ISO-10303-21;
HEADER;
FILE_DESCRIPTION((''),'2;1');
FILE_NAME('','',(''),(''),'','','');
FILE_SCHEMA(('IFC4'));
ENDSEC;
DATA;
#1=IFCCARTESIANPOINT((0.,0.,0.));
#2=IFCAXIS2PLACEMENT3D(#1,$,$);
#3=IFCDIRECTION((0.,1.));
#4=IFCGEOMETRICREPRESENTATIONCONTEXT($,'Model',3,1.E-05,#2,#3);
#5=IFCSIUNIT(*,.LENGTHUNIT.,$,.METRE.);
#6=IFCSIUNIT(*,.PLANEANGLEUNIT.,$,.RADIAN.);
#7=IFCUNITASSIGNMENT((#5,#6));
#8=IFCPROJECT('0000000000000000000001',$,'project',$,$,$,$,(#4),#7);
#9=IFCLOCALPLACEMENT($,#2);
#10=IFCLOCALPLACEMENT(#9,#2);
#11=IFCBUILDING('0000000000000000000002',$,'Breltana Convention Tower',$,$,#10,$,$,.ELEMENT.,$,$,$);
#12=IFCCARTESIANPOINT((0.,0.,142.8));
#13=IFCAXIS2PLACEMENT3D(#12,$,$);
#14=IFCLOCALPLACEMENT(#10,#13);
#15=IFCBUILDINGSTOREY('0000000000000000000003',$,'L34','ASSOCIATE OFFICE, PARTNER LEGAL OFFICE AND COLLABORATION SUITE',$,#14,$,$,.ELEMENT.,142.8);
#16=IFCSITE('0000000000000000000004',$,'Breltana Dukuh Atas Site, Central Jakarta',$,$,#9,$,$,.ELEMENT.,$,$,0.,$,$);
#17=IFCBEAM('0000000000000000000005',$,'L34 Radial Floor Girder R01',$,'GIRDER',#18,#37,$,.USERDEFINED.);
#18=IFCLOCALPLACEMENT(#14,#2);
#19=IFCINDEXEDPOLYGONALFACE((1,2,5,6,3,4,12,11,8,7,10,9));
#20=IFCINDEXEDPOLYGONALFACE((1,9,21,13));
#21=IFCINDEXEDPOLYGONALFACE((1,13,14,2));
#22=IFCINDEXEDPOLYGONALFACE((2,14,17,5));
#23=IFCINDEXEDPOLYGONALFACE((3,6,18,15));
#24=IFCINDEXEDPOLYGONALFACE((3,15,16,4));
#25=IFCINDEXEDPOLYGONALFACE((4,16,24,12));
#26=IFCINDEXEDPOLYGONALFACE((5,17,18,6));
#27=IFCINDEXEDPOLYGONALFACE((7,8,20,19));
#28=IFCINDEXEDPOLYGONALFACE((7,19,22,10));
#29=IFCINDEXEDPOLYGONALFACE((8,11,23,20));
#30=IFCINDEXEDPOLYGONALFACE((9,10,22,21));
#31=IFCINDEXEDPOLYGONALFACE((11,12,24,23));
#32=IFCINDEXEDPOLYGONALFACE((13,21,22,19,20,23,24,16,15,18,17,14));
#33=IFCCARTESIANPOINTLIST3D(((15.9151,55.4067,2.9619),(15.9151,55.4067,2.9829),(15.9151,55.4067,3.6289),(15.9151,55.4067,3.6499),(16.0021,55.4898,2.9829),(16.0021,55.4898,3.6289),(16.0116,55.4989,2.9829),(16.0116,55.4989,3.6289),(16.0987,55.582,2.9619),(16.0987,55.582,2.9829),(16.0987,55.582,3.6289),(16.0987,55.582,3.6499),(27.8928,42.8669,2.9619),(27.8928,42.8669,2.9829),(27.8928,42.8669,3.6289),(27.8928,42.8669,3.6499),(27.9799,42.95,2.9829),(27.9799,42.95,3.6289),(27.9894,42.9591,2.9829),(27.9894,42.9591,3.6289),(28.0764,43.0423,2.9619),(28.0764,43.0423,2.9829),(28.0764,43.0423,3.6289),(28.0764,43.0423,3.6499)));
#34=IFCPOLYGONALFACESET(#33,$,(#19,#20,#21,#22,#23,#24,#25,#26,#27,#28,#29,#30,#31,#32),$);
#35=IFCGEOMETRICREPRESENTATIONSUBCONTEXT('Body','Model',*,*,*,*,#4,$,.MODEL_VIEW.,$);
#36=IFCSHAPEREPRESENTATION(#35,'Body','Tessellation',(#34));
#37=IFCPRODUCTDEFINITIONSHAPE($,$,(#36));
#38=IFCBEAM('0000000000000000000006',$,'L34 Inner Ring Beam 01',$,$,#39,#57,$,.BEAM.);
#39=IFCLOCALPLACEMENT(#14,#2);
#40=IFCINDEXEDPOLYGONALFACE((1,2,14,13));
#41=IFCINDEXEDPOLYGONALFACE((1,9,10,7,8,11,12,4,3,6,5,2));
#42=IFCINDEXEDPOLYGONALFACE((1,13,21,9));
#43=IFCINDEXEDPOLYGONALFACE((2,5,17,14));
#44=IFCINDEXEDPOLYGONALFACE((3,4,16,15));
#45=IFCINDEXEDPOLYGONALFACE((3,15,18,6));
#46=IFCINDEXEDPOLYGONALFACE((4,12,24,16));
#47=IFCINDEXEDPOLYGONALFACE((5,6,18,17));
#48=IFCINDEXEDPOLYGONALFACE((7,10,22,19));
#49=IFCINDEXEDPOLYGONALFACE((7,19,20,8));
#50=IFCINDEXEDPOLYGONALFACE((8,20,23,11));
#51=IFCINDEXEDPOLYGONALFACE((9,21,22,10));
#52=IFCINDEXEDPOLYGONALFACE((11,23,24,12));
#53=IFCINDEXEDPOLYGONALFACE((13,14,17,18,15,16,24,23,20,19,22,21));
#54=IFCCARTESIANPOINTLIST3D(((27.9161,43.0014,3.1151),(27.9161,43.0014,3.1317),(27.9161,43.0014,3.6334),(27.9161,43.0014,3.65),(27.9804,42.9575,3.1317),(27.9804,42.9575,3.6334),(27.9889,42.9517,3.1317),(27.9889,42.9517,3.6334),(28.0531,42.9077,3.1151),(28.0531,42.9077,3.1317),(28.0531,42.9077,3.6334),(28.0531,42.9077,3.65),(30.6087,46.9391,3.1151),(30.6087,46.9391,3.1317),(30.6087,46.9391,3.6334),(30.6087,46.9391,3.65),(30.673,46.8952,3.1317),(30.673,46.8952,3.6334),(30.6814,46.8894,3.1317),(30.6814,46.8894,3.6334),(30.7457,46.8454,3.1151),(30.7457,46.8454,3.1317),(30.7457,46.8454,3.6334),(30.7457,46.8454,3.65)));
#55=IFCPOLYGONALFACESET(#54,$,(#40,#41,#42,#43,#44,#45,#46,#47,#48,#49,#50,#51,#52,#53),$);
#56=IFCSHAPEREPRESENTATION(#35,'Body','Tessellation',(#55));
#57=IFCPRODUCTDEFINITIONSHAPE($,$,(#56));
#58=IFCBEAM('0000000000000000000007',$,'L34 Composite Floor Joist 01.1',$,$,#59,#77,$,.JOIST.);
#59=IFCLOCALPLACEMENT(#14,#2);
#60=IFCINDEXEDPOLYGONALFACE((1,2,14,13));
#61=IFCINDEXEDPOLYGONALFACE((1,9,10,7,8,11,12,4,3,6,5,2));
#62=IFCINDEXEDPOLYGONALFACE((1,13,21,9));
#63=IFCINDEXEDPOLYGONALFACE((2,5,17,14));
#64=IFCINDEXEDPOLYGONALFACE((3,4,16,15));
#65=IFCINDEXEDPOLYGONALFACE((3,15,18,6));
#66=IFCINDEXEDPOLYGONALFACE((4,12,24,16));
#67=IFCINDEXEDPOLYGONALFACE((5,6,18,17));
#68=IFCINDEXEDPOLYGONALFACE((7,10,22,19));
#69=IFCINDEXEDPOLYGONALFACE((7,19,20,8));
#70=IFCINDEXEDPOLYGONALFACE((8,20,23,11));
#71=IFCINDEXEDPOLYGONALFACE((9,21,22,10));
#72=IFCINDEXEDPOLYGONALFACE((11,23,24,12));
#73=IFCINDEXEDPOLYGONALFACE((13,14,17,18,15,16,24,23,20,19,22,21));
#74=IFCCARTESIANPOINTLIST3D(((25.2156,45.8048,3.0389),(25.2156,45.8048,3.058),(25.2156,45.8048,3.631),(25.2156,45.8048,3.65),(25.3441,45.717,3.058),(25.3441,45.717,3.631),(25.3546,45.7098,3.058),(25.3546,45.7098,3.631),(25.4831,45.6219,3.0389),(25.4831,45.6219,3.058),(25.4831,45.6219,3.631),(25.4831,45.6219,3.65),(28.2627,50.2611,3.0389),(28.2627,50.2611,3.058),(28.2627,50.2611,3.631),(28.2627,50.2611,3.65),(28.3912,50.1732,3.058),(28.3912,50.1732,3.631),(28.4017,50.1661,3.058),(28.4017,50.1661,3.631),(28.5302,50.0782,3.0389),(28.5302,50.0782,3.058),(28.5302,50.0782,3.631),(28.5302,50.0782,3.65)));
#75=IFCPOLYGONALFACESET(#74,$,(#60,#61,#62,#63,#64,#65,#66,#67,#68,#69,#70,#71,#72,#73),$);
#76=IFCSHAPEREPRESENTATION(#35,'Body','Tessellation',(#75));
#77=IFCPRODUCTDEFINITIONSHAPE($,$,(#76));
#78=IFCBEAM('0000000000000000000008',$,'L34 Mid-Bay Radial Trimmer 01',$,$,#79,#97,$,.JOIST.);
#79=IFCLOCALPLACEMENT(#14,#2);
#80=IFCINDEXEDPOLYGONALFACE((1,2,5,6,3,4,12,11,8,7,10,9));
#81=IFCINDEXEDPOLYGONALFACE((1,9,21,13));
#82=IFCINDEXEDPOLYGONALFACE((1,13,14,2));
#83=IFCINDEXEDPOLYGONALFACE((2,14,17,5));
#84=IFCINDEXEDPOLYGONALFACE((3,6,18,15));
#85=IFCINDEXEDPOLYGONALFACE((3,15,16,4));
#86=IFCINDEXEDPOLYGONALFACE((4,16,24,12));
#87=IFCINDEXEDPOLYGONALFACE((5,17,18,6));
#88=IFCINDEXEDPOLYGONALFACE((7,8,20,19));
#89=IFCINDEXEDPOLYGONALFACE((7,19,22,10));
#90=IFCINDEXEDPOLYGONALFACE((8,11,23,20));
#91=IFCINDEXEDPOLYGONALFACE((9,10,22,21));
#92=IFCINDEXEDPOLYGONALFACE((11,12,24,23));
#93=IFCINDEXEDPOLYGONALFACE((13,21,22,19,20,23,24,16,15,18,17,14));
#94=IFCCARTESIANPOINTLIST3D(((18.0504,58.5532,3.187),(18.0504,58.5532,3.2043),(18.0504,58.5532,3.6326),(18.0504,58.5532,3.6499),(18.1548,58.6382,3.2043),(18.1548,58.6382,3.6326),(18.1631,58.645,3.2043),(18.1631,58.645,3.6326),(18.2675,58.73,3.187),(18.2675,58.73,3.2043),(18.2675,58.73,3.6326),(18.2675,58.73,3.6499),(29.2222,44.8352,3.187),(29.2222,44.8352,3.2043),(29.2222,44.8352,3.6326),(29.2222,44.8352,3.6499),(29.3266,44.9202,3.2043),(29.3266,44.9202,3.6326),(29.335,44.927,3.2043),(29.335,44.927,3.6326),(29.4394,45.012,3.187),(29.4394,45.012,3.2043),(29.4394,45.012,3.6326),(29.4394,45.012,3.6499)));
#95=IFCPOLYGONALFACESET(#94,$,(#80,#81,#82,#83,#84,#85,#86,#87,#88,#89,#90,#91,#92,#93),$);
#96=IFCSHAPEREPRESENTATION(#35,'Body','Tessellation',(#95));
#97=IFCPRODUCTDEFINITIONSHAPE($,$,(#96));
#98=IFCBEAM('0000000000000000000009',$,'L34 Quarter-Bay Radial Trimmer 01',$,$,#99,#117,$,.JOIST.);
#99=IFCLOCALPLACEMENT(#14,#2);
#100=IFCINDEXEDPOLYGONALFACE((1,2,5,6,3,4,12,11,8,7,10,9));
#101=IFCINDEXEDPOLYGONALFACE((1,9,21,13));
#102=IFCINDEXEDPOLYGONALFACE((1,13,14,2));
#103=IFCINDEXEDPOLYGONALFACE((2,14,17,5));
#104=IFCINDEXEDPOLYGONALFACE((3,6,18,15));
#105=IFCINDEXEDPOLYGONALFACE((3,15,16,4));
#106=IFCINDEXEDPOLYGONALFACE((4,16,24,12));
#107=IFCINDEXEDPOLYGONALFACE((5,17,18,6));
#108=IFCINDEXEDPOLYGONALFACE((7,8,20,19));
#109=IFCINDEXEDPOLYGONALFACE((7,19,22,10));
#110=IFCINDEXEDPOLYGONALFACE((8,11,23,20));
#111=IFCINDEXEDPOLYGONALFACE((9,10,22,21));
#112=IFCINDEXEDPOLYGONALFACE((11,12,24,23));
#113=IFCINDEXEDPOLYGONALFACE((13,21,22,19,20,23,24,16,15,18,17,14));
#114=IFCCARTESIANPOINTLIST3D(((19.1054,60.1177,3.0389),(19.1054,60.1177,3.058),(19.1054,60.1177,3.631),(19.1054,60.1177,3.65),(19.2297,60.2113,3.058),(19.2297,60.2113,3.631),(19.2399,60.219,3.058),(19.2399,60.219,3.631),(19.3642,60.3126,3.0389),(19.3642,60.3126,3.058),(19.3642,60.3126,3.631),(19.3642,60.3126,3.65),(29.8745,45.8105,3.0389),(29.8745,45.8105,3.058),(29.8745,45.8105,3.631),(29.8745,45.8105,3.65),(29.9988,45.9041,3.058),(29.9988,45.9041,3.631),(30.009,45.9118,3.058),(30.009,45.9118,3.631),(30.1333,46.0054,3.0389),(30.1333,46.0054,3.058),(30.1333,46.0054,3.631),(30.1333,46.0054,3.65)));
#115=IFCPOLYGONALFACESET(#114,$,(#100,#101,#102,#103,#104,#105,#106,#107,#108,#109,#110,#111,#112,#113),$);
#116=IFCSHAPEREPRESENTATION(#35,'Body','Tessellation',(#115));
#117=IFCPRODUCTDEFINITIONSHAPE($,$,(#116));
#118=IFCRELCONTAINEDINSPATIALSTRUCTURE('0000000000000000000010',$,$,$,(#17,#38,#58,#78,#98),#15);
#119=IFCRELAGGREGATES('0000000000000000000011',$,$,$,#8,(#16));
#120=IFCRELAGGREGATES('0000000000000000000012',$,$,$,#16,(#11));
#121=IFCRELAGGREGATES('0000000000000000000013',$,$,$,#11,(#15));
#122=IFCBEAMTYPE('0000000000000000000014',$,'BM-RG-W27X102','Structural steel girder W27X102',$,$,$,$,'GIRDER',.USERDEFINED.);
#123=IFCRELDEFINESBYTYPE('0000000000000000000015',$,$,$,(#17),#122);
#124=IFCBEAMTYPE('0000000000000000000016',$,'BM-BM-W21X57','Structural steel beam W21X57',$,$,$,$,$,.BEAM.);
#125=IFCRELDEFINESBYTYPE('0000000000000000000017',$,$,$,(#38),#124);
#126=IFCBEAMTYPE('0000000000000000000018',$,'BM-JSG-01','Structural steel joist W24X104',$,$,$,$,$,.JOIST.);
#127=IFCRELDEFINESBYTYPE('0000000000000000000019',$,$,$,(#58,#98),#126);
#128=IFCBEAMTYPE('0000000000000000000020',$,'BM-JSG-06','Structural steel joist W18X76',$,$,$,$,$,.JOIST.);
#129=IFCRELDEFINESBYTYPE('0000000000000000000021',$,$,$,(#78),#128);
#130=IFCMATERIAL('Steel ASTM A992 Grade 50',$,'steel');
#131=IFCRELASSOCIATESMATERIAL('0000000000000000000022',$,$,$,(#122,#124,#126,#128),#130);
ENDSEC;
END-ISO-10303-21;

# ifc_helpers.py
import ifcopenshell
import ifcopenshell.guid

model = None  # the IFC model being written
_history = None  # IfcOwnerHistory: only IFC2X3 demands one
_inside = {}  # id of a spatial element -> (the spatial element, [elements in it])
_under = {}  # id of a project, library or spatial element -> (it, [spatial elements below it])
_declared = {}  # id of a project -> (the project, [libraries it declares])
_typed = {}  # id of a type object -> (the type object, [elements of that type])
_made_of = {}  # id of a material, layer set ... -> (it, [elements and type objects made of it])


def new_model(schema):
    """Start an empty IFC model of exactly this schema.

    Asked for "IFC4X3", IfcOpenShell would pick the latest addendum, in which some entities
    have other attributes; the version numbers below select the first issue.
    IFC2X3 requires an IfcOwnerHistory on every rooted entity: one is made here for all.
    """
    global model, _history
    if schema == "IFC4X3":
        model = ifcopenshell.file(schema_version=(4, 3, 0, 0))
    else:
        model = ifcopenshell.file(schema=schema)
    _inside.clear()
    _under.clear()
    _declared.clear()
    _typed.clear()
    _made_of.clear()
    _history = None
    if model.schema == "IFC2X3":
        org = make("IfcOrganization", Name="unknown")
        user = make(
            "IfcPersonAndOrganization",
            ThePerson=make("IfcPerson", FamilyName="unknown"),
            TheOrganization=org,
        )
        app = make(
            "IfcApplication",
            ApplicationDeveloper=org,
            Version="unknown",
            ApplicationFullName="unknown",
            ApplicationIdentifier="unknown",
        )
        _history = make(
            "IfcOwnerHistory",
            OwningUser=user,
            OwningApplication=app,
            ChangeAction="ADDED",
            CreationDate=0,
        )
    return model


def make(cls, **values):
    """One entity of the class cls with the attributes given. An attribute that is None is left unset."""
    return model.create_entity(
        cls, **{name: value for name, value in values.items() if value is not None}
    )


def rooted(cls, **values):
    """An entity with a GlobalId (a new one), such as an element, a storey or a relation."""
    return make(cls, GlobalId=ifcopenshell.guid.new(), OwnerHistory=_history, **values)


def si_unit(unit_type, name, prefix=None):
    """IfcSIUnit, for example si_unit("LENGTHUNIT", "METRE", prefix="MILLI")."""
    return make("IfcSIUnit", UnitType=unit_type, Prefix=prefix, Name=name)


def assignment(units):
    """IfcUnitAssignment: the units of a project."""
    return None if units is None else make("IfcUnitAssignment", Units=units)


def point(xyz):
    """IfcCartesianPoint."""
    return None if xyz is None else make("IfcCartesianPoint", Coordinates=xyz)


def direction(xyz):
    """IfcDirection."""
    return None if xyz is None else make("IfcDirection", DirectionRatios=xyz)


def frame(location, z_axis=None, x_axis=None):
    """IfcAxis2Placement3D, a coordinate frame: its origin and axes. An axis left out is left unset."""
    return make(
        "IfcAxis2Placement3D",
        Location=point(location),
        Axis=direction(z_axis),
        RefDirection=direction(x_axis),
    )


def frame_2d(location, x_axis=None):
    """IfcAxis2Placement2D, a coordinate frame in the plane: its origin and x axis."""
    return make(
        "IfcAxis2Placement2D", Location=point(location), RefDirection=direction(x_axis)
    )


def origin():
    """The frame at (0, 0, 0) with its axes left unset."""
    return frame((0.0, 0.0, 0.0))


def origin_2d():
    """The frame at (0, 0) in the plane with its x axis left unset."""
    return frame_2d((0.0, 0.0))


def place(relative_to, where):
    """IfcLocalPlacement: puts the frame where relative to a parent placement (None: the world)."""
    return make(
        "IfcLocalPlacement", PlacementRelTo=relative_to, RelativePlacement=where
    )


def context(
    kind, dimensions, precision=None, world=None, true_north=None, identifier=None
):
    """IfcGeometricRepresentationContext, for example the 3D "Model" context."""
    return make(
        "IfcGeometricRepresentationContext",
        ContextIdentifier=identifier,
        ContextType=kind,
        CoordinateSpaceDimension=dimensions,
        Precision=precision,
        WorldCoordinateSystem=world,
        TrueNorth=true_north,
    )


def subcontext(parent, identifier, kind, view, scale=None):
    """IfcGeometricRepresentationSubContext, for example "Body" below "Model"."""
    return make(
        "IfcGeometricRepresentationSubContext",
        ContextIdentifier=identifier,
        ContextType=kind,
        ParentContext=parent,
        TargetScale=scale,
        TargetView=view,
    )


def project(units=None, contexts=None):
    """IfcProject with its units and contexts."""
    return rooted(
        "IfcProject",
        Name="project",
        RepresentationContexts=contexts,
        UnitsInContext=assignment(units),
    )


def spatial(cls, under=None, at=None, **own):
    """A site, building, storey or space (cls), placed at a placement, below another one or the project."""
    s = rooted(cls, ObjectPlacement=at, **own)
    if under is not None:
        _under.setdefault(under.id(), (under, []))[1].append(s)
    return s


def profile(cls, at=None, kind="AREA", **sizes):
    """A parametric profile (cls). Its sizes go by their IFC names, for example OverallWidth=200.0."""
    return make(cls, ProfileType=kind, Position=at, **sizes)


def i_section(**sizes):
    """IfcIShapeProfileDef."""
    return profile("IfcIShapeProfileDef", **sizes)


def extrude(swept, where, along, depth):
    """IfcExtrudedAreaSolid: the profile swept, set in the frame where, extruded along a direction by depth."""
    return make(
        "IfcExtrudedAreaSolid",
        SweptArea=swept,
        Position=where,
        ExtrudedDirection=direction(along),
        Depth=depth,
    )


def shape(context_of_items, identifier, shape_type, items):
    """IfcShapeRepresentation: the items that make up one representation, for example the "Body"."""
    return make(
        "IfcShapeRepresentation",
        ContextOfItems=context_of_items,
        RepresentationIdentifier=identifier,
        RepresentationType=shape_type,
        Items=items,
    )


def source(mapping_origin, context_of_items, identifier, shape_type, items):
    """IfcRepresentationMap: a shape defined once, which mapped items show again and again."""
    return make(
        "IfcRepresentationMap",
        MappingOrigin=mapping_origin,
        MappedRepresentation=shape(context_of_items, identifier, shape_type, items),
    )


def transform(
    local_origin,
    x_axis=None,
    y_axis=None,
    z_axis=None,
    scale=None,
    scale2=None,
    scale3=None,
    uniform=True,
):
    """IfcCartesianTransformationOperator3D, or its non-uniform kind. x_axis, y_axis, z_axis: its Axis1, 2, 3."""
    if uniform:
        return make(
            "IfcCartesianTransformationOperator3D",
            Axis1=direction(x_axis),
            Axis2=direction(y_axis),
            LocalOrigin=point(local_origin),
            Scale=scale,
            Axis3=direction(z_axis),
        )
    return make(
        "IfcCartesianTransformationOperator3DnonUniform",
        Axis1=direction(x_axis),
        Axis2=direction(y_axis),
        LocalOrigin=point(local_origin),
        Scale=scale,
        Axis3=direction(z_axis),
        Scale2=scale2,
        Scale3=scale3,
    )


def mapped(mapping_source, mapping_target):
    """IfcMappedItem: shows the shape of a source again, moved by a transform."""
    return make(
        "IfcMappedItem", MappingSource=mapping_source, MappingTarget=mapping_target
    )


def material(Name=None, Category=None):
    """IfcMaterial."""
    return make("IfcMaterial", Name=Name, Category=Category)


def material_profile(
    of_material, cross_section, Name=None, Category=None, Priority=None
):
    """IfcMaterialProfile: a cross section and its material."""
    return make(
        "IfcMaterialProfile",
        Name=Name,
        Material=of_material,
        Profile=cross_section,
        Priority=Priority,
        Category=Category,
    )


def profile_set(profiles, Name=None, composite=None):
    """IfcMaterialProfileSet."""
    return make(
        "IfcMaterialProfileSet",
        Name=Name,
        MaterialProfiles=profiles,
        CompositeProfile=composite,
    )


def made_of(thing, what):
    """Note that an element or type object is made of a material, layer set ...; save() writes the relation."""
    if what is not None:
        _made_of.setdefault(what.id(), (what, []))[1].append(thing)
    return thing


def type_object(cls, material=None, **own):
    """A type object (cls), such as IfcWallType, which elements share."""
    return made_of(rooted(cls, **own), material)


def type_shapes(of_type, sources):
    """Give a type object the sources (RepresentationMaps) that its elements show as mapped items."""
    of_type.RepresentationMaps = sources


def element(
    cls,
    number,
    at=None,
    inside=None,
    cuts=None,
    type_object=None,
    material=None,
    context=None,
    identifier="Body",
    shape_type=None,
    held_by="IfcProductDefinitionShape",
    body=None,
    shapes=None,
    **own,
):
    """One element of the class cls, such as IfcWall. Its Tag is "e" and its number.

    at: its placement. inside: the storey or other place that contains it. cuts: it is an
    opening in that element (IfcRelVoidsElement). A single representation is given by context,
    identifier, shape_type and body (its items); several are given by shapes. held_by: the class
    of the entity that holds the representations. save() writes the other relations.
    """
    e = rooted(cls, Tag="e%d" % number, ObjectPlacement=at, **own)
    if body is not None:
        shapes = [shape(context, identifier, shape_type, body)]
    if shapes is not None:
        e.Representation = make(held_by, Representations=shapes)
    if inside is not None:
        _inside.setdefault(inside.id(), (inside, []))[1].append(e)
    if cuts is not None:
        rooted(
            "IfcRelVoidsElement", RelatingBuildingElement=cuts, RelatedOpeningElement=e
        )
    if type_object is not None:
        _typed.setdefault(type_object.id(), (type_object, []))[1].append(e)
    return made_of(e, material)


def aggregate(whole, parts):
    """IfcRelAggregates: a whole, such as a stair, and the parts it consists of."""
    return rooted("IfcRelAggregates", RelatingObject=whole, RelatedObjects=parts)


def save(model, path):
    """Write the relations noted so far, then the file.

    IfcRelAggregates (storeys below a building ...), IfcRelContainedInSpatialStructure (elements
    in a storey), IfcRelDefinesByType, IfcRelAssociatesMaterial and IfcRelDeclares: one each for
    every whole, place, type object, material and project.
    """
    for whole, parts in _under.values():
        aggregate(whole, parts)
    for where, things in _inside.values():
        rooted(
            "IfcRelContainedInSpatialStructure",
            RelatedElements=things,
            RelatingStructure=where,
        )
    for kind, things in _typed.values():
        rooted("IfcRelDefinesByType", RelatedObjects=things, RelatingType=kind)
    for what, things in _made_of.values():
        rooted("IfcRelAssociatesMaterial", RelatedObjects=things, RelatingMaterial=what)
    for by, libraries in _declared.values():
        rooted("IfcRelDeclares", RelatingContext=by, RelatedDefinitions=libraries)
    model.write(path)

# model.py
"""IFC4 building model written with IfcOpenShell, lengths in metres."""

from ifc_helpers import new_model, si_unit, direction, frame, origin, origin_2d, place, context, subcontext, project, spatial, i_section, extrude, source, transform, mapped, material, material_profile, profile_set, type_object, type_shapes, element, save


model = new_model("IFC4")

# Units and contexts
model_context = context("Model", 3, precision=1e-05, world=origin(), true_north=direction((0.0, 1.0)))
body_context = subcontext(model_context, "Body", "Model", "MODEL_VIEW")
ifc_project = project(units=[si_unit("LENGTHUNIT", "METRE"), si_unit("PLANEANGLEUNIT", "RADIAN")], contexts=[model_context])

# Site, building, storey
site_placement = place(None, origin())
site = spatial("IfcSite", under=ifc_project, at=site_placement, Name="Breltana Dukuh Atas Site, Central Jakarta", CompositionType="ELEMENT", RefElevation=0.0)
building_placement = place(site_placement, origin())
building = spatial("IfcBuilding", under=site, at=building_placement, Name="Breltana Convention Tower", CompositionType="ELEMENT")
storey_placement = place(building_placement, frame((0.0, 0.0, 142.8)))
storey = spatial("IfcBuildingStorey", under=building, at=storey_placement, Name="L34", Description="ASSOCIATE OFFICE, PARTNER LEGAL OFFICE AND COLLABORATION SUITE", CompositionType="ELEMENT", Elevation=142.8)

# Beams
ifc_material_1 = material(Name="Steel ASTM A992 Grade 50", Category="steel")
ifc_material_profile_1 = material_profile(ifc_material_1, i_section(OverallWidth=0.2539, OverallDepth=0.688, WebThickness=0.0132, FlangeThickness=0.021, at=origin_2d()), Name="W27X102")
ifc_profile_set_1 = profile_set([ifc_material_profile_1], Name="Steel ASTM A992 Grade 50")
beam_type_1 = type_object("IfcBeamType", Name="BM-RG-W27X102", Description="Structural steel girder W27X102", ElementType="GIRDER", PredefinedType="USERDEFINED", material=ifc_profile_set_1)
shared_shape_1 = source(origin(), body_context, "Body", "SweptSolid", [
    extrude(i_section(OverallWidth=0.2539, OverallDepth=0.688, WebThickness=0.0132, FlangeThickness=0.021, at=origin_2d()), origin(), (0.0, 0.0, 1.0), 17.3411),
])
type_shapes(beam_type_1, [shared_shape_1])
beam_1_placement = place(storey_placement, frame((27.9846, 42.9546, 3.3059), z_axis=(-0.690716, 0.723126, 0.0), x_axis=(-0.723126, -0.690716, 0.0)))
element("IfcBeam", 1, at=beam_1_placement, inside=storey, type_object=beam_type_1, Name="L34 Radial Floor Girder R01", ObjectType="GIRDER", PredefinedType="USERDEFINED", context=body_context, shape_type="MappedRepresentation", body=[
    mapped(shared_shape_1, transform((0.0, 0.0, 0.0), scale=1.0)),
])
ifc_material_profile_2 = material_profile(ifc_material_1, i_section(OverallWidth=0.166, OverallDepth=0.5349, WebThickness=0.0103, FlangeThickness=0.0166, at=origin_2d()), Name="W21X57")
ifc_profile_set_2 = profile_set([ifc_material_profile_2], Name="Steel ASTM A992 Grade 50")
beam_type_2 = type_object("IfcBeamType", Name="BM-BM-W21X57", Description="Structural steel beam W21X57", PredefinedType="BEAM", material=ifc_profile_set_2)
shared_shape_2 = source(origin(), body_context, "Body", "SweptSolid", [
    extrude(i_section(OverallWidth=0.166, OverallDepth=0.5349, WebThickness=0.0103, FlangeThickness=0.0166, at=origin_2d()), origin(), (0.0, 0.0, 1.0), 4.7703),
])
beam_2_placement = place(storey_placement, frame((27.9846, 42.9546, 3.3826), z_axis=(0.564453, 0.825465, 0.0), x_axis=(-0.825465, 0.564453, 0.0)))
element("IfcBeam", 2, at=beam_2_placement, inside=storey, type_object=beam_type_2, Name="L34 Inner Ring Beam 01", PredefinedType="BEAM", context=body_context, shape_type="MappedRepresentation", body=[
    mapped(shared_shape_2, transform((0.0, 0.0, 0.0), scale=1.0)),
])
ifc_material_profile_3 = material_profile(ifc_material_1, i_section(OverallWidth=0.324, OverallDepth=0.6111, WebThickness=0.0127, FlangeThickness=0.019, at=origin_2d()), Name="W24X104")
ifc_profile_set_3 = profile_set([ifc_material_profile_3], Name="Steel ASTM A992 Grade 50")
beam_type_3 = type_object("IfcBeamType", Name="BM-JSG-01", Description="Structural steel joist W24X104", PredefinedType="JOIST", material=ifc_profile_set_3)
shared_shape_3 = source(origin(), body_context, "Body", "SweptSolid", [
    extrude(i_section(OverallWidth=0.324, OverallDepth=0.6111, WebThickness=0.0127, FlangeThickness=0.019, at=origin_2d()), origin(), (0.0, 0.0, 1.0), 5.3984),
])
beam_3_placement = place(storey_placement, frame((25.3494, 45.7134, 3.3445), z_axis=(0.564441, 0.825474, 0.0), x_axis=(-0.825474, 0.564441, 0.0)))
element("IfcBeam", 3, at=beam_3_placement, inside=storey, type_object=beam_type_3, Name="L34 Composite Floor Joist 01.1", PredefinedType="JOIST", context=body_context, shape_type="MappedRepresentation", body=[
    mapped(shared_shape_3, transform((0.0, 0.0, 0.0), scale=1.0)),
])
ifc_material_profile_4 = material_profile(ifc_material_1, i_section(OverallWidth=0.28, OverallDepth=0.4629, WebThickness=0.0107, FlangeThickness=0.0173, at=origin_2d()), Name="W18X76")
ifc_profile_set_4 = profile_set([ifc_material_profile_4], Name="Steel ASTM A992 Grade 50")
beam_type_4 = type_object("IfcBeamType", Name="BM-JSG-06", Description="Structural steel joist W18X76", PredefinedType="JOIST", material=ifc_profile_set_4)
shared_shape_4 = source(origin(), body_context, "Body", "SweptSolid", [
    extrude(i_section(OverallWidth=0.28, OverallDepth=0.4629, WebThickness=0.0107, FlangeThickness=0.0173, at=origin_2d()), origin(), (0.0, 0.0, 1.0), 17.6917),
])
beam_4_placement = place(storey_placement, frame((29.3308, 44.9236, 3.4185), z_axis=(-0.631477, 0.775395, 0.0), x_axis=(-0.775395, -0.631477, 0.0)))
element("IfcBeam", 4, at=beam_4_placement, inside=storey, type_object=beam_type_4, Name="L34 Mid-Bay Radial Trimmer 01", PredefinedType="JOIST", context=body_context, shape_type="MappedRepresentation", body=[
    mapped(shared_shape_4, transform((0.0, 0.0, 0.0), scale=1.0)),
])
shared_shape_5 = source(origin(), body_context, "Body", "SweptSolid", [
    extrude(i_section(OverallWidth=0.324, OverallDepth=0.6111, WebThickness=0.0127, FlangeThickness=0.019, at=origin_2d()), origin(), (0.0, 0.0, 1.0), 17.9072),
])
beam_5_placement = place(storey_placement, frame((30.0039, 45.908, 3.3445), z_axis=(-0.601382, 0.798962, 0.0), x_axis=(-0.798962, -0.601382, 0.0)))
element("IfcBeam", 5, at=beam_5_placement, inside=storey, type_object=beam_type_3, Name="L34 Quarter-Bay Radial Trimmer 01", PredefinedType="JOIST", context=body_context, shape_type="MappedRepresentation", body=[
    mapped(shared_shape_5, transform((0.0, 0.0, 0.0), scale=1.0)),
])

save(model, "model.ifc")
